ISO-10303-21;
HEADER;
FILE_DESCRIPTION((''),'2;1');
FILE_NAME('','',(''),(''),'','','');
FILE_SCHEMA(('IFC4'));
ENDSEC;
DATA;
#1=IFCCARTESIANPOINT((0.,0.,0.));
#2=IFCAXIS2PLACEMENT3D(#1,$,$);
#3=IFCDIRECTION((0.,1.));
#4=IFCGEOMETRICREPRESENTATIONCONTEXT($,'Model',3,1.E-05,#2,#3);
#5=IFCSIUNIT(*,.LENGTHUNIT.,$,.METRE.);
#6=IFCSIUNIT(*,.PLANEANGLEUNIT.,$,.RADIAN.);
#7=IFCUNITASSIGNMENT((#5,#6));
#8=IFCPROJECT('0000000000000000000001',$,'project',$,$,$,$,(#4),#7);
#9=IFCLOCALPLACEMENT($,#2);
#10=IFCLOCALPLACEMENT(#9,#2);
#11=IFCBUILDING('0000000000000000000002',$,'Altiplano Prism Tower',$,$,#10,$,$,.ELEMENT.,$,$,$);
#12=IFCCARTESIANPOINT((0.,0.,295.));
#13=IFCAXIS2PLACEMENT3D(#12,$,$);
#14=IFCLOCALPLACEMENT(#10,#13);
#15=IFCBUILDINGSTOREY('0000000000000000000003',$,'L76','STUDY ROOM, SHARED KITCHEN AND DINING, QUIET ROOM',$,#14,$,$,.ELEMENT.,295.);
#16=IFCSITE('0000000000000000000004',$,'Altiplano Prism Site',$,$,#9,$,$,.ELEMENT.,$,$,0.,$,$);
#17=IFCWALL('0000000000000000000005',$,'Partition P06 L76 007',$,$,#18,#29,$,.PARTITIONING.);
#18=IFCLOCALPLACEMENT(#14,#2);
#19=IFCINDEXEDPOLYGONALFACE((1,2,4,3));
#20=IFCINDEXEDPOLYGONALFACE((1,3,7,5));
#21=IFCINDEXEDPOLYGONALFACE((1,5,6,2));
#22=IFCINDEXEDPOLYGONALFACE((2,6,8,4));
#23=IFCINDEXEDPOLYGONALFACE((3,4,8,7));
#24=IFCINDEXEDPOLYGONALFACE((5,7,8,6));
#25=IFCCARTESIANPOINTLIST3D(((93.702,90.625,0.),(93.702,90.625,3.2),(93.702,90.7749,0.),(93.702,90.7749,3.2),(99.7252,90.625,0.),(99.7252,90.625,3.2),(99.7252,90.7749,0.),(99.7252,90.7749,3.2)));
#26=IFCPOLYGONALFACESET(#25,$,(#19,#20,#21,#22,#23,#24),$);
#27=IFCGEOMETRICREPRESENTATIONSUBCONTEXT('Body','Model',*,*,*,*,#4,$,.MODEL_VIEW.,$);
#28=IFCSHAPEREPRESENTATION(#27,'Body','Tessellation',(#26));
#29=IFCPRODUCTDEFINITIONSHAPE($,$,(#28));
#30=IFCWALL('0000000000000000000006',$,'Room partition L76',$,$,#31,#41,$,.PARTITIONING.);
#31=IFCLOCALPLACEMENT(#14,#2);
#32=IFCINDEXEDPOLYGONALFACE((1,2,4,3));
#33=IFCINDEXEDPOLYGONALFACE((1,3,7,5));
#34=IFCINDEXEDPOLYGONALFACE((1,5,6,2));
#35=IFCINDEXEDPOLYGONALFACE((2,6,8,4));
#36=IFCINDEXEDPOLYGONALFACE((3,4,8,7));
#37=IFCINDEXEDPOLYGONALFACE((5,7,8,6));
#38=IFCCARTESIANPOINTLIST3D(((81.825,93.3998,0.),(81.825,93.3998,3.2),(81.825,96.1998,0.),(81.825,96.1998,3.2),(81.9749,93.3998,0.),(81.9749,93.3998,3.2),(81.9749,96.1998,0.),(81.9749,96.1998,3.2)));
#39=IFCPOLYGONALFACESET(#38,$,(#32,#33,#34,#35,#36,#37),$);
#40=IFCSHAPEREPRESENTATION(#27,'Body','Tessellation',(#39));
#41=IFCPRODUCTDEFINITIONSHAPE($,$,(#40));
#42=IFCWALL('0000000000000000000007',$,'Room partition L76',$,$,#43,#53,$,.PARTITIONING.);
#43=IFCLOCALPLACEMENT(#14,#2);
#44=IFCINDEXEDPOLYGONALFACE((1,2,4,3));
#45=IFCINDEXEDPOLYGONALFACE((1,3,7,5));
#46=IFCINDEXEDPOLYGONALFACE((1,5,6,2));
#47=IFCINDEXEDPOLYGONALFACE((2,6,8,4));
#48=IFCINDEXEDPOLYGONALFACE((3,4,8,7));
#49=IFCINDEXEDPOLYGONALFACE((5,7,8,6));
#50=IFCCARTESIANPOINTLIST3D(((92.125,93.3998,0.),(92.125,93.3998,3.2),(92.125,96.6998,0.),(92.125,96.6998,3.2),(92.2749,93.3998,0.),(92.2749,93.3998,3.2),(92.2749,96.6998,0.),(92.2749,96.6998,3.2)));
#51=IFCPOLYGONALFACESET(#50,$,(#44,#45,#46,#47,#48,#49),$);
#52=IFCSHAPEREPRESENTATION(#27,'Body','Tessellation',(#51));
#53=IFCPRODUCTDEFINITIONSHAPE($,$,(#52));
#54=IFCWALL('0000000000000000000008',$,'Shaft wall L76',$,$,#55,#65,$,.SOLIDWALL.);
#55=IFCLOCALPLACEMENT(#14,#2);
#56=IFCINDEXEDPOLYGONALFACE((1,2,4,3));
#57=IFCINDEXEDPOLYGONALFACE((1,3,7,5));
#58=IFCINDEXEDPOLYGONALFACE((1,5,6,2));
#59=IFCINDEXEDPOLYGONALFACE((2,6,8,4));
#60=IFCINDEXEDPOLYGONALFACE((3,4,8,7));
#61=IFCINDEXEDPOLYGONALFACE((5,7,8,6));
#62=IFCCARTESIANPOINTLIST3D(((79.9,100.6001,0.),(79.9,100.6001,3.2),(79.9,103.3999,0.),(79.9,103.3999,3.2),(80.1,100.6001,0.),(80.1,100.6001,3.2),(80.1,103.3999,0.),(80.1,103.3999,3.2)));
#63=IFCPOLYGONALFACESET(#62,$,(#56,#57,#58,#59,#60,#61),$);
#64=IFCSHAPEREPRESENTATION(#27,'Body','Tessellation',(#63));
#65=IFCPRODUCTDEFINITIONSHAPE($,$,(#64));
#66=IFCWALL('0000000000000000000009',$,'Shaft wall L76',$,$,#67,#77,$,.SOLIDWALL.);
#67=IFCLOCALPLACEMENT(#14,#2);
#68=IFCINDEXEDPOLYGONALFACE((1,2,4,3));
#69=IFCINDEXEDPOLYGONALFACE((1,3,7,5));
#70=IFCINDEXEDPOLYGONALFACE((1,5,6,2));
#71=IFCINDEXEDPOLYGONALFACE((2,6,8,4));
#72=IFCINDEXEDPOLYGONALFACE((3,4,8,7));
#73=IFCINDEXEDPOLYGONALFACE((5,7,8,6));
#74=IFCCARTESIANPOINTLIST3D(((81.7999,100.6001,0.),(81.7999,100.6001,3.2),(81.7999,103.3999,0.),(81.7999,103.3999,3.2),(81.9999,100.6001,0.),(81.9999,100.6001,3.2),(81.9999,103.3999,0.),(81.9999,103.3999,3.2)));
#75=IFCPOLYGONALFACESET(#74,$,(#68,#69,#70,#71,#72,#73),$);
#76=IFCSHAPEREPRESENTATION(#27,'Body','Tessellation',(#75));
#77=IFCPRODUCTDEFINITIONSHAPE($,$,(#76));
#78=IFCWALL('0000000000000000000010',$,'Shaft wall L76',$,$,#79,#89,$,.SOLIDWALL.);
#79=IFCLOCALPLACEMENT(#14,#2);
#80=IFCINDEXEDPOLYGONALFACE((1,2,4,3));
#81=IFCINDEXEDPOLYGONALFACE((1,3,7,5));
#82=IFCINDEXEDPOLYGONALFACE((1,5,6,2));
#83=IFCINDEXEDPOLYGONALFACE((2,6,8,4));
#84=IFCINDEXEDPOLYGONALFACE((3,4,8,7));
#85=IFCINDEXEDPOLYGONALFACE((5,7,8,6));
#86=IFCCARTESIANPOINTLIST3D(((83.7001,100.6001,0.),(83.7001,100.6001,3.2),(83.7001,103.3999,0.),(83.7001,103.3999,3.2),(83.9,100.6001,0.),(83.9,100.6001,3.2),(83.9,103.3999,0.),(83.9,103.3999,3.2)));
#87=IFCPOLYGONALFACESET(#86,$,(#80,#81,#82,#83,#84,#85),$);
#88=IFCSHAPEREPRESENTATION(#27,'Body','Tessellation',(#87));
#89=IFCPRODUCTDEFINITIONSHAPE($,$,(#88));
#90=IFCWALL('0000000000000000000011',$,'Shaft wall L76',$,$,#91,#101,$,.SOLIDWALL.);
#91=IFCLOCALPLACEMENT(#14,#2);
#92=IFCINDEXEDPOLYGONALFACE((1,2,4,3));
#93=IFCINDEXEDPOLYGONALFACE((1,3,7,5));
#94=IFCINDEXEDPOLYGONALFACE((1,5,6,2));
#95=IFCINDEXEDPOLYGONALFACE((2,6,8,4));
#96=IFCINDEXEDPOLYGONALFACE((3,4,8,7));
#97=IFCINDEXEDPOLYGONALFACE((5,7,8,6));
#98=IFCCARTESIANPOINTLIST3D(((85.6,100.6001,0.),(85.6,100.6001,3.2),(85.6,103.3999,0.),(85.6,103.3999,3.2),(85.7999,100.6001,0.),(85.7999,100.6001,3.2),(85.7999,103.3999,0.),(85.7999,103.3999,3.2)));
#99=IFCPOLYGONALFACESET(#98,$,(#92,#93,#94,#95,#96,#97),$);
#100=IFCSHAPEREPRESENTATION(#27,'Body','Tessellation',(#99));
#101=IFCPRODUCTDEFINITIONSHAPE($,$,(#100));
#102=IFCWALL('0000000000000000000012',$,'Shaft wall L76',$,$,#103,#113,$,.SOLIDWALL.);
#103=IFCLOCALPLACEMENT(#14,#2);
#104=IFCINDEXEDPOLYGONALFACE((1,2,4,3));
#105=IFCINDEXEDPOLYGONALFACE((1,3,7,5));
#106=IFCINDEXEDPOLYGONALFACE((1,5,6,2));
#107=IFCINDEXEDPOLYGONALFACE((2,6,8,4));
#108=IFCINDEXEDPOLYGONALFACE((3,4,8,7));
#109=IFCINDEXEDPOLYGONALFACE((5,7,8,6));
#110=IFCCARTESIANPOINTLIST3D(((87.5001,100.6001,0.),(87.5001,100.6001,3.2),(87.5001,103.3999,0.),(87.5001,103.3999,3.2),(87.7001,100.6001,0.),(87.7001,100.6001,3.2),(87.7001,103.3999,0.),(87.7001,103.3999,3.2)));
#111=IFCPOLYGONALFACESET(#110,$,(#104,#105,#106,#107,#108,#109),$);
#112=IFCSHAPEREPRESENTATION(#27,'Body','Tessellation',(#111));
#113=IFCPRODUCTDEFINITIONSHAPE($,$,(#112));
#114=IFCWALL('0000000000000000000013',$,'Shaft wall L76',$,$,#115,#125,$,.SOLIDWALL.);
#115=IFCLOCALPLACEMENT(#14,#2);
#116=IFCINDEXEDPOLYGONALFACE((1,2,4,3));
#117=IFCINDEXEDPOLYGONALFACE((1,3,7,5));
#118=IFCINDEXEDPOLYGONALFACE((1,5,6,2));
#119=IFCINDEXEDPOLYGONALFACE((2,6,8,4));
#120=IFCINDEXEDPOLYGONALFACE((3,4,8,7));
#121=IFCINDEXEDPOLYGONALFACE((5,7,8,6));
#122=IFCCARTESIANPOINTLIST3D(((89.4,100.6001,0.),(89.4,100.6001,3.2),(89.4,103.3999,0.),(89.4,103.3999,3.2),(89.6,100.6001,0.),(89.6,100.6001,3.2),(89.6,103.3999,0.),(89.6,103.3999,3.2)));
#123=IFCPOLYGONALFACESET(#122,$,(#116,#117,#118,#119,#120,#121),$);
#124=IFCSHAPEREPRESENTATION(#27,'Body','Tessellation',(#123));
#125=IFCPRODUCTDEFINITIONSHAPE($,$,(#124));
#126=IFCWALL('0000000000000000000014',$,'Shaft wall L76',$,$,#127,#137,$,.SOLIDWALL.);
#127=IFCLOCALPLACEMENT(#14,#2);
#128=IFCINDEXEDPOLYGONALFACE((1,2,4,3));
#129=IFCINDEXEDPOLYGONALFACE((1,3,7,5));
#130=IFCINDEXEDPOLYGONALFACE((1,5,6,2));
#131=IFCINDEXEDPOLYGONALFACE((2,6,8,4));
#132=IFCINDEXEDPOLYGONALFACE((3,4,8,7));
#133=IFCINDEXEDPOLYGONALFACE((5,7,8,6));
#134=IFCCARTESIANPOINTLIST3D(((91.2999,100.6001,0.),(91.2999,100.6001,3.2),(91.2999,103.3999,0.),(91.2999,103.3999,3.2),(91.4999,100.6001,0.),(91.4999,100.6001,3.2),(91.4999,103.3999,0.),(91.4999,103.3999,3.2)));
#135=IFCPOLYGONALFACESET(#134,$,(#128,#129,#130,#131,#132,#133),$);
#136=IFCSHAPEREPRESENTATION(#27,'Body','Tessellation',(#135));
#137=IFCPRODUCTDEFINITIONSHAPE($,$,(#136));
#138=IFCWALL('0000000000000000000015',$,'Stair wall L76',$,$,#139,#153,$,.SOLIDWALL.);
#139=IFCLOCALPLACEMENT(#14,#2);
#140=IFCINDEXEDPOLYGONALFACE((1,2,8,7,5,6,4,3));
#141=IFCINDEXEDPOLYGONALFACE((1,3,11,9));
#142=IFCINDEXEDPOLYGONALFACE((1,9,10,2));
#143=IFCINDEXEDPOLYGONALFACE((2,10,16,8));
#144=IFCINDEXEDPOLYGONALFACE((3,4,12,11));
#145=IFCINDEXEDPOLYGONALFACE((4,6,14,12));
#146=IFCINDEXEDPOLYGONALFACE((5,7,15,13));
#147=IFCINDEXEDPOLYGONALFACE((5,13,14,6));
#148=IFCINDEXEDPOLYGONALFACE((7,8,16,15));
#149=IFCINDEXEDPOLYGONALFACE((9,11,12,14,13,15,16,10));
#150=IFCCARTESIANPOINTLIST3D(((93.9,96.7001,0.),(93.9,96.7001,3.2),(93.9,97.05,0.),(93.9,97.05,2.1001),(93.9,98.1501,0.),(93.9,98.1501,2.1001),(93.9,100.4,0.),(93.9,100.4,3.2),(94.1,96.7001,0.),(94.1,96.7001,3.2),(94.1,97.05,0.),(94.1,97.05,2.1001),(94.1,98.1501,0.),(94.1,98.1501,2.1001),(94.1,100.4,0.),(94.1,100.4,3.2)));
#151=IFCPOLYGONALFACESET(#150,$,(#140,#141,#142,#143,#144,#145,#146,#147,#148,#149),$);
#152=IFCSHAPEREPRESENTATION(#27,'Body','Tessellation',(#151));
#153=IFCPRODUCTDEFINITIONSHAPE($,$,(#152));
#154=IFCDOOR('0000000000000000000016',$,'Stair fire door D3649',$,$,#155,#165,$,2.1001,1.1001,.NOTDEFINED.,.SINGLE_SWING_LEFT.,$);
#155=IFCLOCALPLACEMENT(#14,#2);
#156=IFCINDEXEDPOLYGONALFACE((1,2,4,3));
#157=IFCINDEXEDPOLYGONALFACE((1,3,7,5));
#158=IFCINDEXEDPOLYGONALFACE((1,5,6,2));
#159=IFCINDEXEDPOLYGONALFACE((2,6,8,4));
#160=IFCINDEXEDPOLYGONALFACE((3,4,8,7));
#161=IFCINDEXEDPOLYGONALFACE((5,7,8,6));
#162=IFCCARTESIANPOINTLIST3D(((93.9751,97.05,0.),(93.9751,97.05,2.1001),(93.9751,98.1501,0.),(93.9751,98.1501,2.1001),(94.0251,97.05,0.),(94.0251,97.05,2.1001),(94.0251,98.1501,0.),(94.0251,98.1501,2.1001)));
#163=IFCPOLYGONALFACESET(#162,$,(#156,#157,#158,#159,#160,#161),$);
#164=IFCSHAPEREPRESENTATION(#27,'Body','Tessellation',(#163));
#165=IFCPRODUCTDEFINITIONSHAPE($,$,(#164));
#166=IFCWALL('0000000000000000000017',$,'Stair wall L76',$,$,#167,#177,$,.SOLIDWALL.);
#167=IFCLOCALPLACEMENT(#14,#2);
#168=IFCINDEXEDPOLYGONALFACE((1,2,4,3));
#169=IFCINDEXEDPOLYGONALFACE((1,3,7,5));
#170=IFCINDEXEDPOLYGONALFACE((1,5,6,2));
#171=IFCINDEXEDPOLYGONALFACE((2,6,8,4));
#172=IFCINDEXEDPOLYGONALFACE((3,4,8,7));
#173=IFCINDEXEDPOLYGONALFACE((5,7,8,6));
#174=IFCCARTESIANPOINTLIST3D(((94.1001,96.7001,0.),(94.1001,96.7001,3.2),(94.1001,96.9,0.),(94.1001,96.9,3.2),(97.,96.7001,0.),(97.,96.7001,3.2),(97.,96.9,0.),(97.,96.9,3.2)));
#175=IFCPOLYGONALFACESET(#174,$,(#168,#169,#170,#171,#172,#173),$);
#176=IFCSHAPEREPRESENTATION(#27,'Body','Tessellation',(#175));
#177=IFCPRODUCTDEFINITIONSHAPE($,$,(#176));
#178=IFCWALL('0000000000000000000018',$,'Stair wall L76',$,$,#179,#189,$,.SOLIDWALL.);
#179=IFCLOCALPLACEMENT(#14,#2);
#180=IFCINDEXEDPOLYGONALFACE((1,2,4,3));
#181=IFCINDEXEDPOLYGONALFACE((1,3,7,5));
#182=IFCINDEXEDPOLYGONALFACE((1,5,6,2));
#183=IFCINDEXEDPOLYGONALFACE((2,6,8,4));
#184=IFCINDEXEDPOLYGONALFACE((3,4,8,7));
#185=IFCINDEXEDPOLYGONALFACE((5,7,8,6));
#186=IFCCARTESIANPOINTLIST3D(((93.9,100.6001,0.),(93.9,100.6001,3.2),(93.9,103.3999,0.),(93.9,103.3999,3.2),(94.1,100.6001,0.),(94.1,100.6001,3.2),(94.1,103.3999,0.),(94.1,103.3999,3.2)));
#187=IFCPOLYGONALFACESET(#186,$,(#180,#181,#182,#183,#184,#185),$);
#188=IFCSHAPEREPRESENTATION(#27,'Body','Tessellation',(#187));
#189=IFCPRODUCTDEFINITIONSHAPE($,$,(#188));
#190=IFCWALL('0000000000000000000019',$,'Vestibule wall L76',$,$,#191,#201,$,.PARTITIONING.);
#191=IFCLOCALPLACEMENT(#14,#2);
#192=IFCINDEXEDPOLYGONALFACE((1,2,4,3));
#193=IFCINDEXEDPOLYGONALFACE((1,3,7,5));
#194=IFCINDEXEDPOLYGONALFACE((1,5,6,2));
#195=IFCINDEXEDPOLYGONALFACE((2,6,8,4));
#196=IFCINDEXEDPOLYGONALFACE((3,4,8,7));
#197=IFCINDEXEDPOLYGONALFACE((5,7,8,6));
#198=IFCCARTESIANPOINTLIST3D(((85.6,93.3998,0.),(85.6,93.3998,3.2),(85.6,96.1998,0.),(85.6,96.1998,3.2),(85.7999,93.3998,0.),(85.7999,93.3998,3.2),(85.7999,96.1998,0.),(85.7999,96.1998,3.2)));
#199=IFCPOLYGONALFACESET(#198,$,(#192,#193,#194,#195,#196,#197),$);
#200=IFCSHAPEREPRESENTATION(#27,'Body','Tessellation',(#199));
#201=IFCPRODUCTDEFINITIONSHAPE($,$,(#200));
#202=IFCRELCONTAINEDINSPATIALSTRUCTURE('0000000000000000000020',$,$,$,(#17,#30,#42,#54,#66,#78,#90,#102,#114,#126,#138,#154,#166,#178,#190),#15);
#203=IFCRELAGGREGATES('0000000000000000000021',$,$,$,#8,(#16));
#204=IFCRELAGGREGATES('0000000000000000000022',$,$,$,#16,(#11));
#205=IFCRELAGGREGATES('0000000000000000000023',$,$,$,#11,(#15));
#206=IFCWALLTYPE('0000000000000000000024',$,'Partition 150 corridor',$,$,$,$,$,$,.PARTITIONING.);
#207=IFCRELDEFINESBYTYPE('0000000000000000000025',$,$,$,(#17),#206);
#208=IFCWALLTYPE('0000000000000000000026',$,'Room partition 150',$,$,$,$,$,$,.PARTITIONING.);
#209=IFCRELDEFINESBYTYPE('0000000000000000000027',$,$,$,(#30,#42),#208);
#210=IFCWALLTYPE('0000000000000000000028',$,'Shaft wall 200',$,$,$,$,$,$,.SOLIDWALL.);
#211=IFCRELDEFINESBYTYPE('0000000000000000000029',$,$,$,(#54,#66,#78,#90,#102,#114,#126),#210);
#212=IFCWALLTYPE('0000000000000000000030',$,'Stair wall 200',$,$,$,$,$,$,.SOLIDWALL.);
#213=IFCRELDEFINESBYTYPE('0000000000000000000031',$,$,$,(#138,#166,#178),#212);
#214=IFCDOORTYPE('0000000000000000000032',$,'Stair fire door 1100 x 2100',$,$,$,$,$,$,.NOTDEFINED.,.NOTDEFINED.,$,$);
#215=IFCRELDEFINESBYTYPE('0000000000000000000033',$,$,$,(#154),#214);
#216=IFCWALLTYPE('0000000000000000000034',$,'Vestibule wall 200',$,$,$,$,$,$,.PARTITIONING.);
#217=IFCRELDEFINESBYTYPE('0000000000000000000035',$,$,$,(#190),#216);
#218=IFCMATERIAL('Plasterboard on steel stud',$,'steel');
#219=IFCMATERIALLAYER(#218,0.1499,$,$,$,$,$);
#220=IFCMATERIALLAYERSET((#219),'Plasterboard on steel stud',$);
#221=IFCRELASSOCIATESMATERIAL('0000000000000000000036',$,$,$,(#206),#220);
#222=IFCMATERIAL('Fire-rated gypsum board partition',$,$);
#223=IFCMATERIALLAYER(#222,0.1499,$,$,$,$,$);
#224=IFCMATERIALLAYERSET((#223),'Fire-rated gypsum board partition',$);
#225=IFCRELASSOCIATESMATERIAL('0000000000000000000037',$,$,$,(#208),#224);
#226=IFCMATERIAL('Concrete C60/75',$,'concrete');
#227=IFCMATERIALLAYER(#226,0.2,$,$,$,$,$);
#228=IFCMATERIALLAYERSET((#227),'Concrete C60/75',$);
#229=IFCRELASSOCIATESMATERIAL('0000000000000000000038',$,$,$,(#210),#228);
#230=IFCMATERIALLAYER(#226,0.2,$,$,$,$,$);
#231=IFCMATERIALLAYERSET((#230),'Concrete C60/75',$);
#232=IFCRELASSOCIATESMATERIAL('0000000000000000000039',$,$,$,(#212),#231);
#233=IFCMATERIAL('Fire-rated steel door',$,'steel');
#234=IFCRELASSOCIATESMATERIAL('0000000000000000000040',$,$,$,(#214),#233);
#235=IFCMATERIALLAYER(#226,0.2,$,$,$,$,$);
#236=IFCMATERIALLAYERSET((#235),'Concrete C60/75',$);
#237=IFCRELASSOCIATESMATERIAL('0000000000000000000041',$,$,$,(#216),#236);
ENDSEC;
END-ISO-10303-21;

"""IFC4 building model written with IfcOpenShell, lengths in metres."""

from ifc_helpers import new_model, si_unit, direction, frame, frame_2d, origin, place, context, subcontext, project, spatial, rectangle, extrude, material, layer, layer_set, type_object, element, fill, save


model = new_model("IFC4")

# Units and contexts
model_context = context("Model", 3, precision=1e-05, world=origin(), true_north=direction((0.0, 1.0)))
body_context = subcontext(model_context, "Body", "Model", "MODEL_VIEW")
ifc_project = project(units=[si_unit("LENGTHUNIT", "METRE"), si_unit("PLANEANGLEUNIT", "RADIAN")], contexts=[model_context])

# Site, building, storey
site_placement = place(None, origin())
site = spatial("IfcSite", under=ifc_project, at=site_placement, Name="Altiplano Prism Site", CompositionType="ELEMENT", RefElevation=0.0)
building_placement = place(site_placement, origin())
building = spatial("IfcBuilding", under=site, at=building_placement, Name="Altiplano Prism Tower", CompositionType="ELEMENT")
storey_placement = place(building_placement, frame((0.0, 0.0, 295.0)))
storey = spatial("IfcBuildingStorey", under=building, at=storey_placement, Name="L76", Description="STUDY ROOM, SHARED KITCHEN AND DINING, QUIET ROOM", CompositionType="ELEMENT", Elevation=295.0)

# Walls
ifc_material_1 = material(Name="Plasterboard on steel stud", Category="steel")
ifc_layer_1 = layer(ifc_material_1, 0.1499)
ifc_layer_set_1 = layer_set([ifc_layer_1], Name="Plasterboard on steel stud")
wall_type_1 = type_object("IfcWallType", Name="Partition 150 corridor", PredefinedType="PARTITIONING", material=ifc_layer_set_1)
wall_1_placement = place(storey_placement, frame((93.7019, 90.7, 0.0), z_axis=(0.0, 0.0, 1.0), x_axis=(1.0, 0.0, 0.0)))
element("IfcWall", 1, at=wall_1_placement, inside=storey, type_object=wall_type_1, Name="Partition P06 L76 007", PredefinedType="PARTITIONING", context=body_context, shape_type="SweptSolid", body=[
    extrude(rectangle(XDim=6.0232, YDim=0.1499, at=frame_2d((3.0117, 0.0))), origin(), (0.0, 0.0, 1.0), 3.2),
])
ifc_material_2 = material(Name="Fire-rated gypsum board partition")
ifc_layer_2 = layer(ifc_material_2, 0.1499)
ifc_layer_set_2 = layer_set([ifc_layer_2], Name="Fire-rated gypsum board partition")
wall_type_2 = type_object("IfcWallType", Name="Room partition 150", PredefinedType="PARTITIONING", material=ifc_layer_set_2)
wall_2_placement = place(storey_placement, frame((81.8999, 93.3999, 0.0), z_axis=(0.0, 0.0, 1.0), x_axis=(0.0, 1.0, 0.0)))
element("IfcWall", 2, at=wall_2_placement, inside=storey, type_object=wall_type_2, Name="Room partition L76", PredefinedType="PARTITIONING", context=body_context, shape_type="SweptSolid", body=[
    extrude(rectangle(XDim=2.8, YDim=0.1499, at=frame_2d((1.3999, 0.0))), origin(), (0.0, 0.0, 1.0), 3.2),
])
wall_3_placement = place(storey_placement, frame((92.2, 93.3999, 0.0), z_axis=(0.0, 0.0, 1.0), x_axis=(0.0, 1.0, 0.0)))
element("IfcWall", 3, at=wall_3_placement, inside=storey, type_object=wall_type_2, Name="Room partition L76", PredefinedType="PARTITIONING", context=body_context, shape_type="SweptSolid", body=[
    extrude(rectangle(XDim=3.3, YDim=0.1499, at=frame_2d((1.6499, 0.0))), origin(), (0.0, 0.0, 1.0), 3.2),
])
ifc_material_3 = material(Name="Concrete C60/75", Category="concrete")
ifc_layer_3 = layer(ifc_material_3, 0.2)
ifc_layer_set_3 = layer_set([ifc_layer_3], Name="Concrete C60/75")
wall_type_3 = type_object("IfcWallType", Name="Shaft wall 200", PredefinedType="SOLIDWALL", material=ifc_layer_set_3)
for number, where, z_axis, x_axis, name in (
    (4, (80.0, 100.6001, 0.0), (0.0, 0.0, 1.0), (0.0, 1.0, 0.0), "Shaft wall L76"),
    (5, (81.8999, 100.6001, 0.0), (0.0, 0.0, 1.0), (0.0, 1.0, 0.0), "Shaft wall L76"),
    (6, (83.8, 100.6001, 0.0), (0.0, 0.0, 1.0), (0.0, 1.0, 0.0), "Shaft wall L76"),
    (7, (85.7, 100.6001, 0.0), (0.0, 0.0, 1.0), (0.0, 1.0, 0.0), "Shaft wall L76"),
    (8, (87.6001, 100.6001, 0.0), (0.0, 0.0, 1.0), (0.0, 1.0, 0.0), "Shaft wall L76"),
    (9, (89.5, 100.6001, 0.0), (0.0, 0.0, 1.0), (0.0, 1.0, 0.0), "Shaft wall L76"),
    (10, (91.3999, 100.6001, 0.0), (0.0, 0.0, 1.0), (0.0, 1.0, 0.0), "Shaft wall L76"),
):
    element("IfcWall", number, at=place(storey_placement, frame(where, z_axis=z_axis, x_axis=x_axis)), inside=storey, type_object=wall_type_3, Name=name, PredefinedType="SOLIDWALL", context=body_context, shape_type="SweptSolid", body=[
        extrude(rectangle(XDim=2.7998, YDim=0.2, at=frame_2d((1.3999, 0.0))), origin(), (0.0, 0.0, 1.0), 3.2),
    ])

# Wall, opening, door
ifc_layer_4 = layer(ifc_material_3, 0.2)
ifc_layer_set_4 = layer_set([ifc_layer_4], Name="Concrete C60/75")
wall_type_4 = type_object("IfcWallType", Name="Stair wall 200", PredefinedType="SOLIDWALL", material=ifc_layer_set_4)
wall_4_placement = place(storey_placement, frame((94.0, 96.7, 0.0), z_axis=(0.0, 0.0, 1.0), x_axis=(0.0, 1.0, 0.0)))
wall_4 = element("IfcWall", 11, at=wall_4_placement, inside=storey, type_object=wall_type_4, Name="Stair wall L76", PredefinedType="SOLIDWALL", context=body_context, shape_type="SweptSolid", body=[
    extrude(rectangle(XDim=3.7, YDim=0.2, at=frame_2d((1.8501, 0.0))), origin(), (0.0, 0.0, 1.0), 3.2),
])
opening_1_placement = place(wall_4_placement, frame((0.3501, 0.0, 0.0)))
opening_1 = element("IfcOpeningElement", 12, at=opening_1_placement, cuts=wall_4, PredefinedType="OPENING", context=body_context, shape_type="SweptSolid", body=[
    extrude(rectangle(XDim=1.1001, YDim=2.1001, at=frame_2d((0.55, 1.05))), frame((0.0, 0.1104, 0.0), z_axis=(0.0, -1.0, 0.0), x_axis=(1.0, 0.0, 0.0)), (0.0, 0.0, 1.0), 0.2209),
])
ifc_material_4 = material(Name="Fire-rated steel door", Category="steel")
door_type_1 = type_object("IfcDoorType", Name="Stair fire door 1100 x 2100", OperationType="NOTDEFINED", PredefinedType="NOTDEFINED", material=ifc_material_4)
door_1_placement = place(opening_1_placement, origin())
door_1 = element("IfcDoor", 13, at=door_1_placement, inside=storey, type_object=door_type_1, Name="Stair fire door D3649", OperationType="SINGLE_SWING_LEFT", OverallHeight=2.1001, OverallWidth=1.1001, PredefinedType="NOTDEFINED", context=body_context, shape_type="SweptSolid", body=[
    extrude(rectangle(XDim=1.1001, YDim=2.1001, at=frame_2d((0.55, 1.05))), frame((0.0, 0.0249, 0.0), z_axis=(0.0, -1.0, 0.0), x_axis=(1.0, 0.0, 0.0)), (0.0, 0.0, 1.0), 0.05),
])
fill(opening_1, door_1)

# Walls
wall_5_placement = place(storey_placement, frame((94.1001, 96.8, 0.0), z_axis=(0.0, 0.0, 1.0), x_axis=(1.0, 0.0, 0.0)))
element("IfcWall", 14, at=wall_5_placement, inside=storey, type_object=wall_type_4, Name="Stair wall L76", PredefinedType="SOLIDWALL", context=body_context, shape_type="SweptSolid", body=[
    extrude(rectangle(XDim=2.8999, YDim=0.2, at=frame_2d((1.45, 0.0))), origin(), (0.0, 0.0, 1.0), 3.2),
])
wall_6_placement = place(storey_placement, frame((94.0, 100.6001, 0.0), z_axis=(0.0, 0.0, 1.0), x_axis=(0.0, 1.0, 0.0)))
element("IfcWall", 15, at=wall_6_placement, inside=storey, type_object=wall_type_4, Name="Stair wall L76", PredefinedType="SOLIDWALL", context=body_context, shape_type="SweptSolid", body=[
    extrude(rectangle(XDim=2.7998, YDim=0.2, at=frame_2d((1.3999, 0.0))), origin(), (0.0, 0.0, 1.0), 3.2),
])
ifc_layer_5 = layer(ifc_material_3, 0.2)
ifc_layer_set_5 = layer_set([ifc_layer_5], Name="Concrete C60/75")
wall_type_5 = type_object("IfcWallType", Name="Vestibule wall 200", PredefinedType="PARTITIONING", material=ifc_layer_set_5)
wall_7_placement = place(storey_placement, frame((85.7, 93.3999, 0.0), z_axis=(0.0, 0.0, 1.0), x_axis=(0.0, 1.0, 0.0)))
element("IfcWall", 16, at=wall_7_placement, inside=storey, type_object=wall_type_5, Name="Vestibule wall L76", PredefinedType="PARTITIONING", context=body_context, shape_type="SweptSolid", body=[
    extrude(rectangle(XDim=2.8, YDim=0.2, at=frame_2d((1.3999, 0.0))), origin(), (0.0, 0.0, 1.0), 3.2),
])

save(model, "model.ifc")
